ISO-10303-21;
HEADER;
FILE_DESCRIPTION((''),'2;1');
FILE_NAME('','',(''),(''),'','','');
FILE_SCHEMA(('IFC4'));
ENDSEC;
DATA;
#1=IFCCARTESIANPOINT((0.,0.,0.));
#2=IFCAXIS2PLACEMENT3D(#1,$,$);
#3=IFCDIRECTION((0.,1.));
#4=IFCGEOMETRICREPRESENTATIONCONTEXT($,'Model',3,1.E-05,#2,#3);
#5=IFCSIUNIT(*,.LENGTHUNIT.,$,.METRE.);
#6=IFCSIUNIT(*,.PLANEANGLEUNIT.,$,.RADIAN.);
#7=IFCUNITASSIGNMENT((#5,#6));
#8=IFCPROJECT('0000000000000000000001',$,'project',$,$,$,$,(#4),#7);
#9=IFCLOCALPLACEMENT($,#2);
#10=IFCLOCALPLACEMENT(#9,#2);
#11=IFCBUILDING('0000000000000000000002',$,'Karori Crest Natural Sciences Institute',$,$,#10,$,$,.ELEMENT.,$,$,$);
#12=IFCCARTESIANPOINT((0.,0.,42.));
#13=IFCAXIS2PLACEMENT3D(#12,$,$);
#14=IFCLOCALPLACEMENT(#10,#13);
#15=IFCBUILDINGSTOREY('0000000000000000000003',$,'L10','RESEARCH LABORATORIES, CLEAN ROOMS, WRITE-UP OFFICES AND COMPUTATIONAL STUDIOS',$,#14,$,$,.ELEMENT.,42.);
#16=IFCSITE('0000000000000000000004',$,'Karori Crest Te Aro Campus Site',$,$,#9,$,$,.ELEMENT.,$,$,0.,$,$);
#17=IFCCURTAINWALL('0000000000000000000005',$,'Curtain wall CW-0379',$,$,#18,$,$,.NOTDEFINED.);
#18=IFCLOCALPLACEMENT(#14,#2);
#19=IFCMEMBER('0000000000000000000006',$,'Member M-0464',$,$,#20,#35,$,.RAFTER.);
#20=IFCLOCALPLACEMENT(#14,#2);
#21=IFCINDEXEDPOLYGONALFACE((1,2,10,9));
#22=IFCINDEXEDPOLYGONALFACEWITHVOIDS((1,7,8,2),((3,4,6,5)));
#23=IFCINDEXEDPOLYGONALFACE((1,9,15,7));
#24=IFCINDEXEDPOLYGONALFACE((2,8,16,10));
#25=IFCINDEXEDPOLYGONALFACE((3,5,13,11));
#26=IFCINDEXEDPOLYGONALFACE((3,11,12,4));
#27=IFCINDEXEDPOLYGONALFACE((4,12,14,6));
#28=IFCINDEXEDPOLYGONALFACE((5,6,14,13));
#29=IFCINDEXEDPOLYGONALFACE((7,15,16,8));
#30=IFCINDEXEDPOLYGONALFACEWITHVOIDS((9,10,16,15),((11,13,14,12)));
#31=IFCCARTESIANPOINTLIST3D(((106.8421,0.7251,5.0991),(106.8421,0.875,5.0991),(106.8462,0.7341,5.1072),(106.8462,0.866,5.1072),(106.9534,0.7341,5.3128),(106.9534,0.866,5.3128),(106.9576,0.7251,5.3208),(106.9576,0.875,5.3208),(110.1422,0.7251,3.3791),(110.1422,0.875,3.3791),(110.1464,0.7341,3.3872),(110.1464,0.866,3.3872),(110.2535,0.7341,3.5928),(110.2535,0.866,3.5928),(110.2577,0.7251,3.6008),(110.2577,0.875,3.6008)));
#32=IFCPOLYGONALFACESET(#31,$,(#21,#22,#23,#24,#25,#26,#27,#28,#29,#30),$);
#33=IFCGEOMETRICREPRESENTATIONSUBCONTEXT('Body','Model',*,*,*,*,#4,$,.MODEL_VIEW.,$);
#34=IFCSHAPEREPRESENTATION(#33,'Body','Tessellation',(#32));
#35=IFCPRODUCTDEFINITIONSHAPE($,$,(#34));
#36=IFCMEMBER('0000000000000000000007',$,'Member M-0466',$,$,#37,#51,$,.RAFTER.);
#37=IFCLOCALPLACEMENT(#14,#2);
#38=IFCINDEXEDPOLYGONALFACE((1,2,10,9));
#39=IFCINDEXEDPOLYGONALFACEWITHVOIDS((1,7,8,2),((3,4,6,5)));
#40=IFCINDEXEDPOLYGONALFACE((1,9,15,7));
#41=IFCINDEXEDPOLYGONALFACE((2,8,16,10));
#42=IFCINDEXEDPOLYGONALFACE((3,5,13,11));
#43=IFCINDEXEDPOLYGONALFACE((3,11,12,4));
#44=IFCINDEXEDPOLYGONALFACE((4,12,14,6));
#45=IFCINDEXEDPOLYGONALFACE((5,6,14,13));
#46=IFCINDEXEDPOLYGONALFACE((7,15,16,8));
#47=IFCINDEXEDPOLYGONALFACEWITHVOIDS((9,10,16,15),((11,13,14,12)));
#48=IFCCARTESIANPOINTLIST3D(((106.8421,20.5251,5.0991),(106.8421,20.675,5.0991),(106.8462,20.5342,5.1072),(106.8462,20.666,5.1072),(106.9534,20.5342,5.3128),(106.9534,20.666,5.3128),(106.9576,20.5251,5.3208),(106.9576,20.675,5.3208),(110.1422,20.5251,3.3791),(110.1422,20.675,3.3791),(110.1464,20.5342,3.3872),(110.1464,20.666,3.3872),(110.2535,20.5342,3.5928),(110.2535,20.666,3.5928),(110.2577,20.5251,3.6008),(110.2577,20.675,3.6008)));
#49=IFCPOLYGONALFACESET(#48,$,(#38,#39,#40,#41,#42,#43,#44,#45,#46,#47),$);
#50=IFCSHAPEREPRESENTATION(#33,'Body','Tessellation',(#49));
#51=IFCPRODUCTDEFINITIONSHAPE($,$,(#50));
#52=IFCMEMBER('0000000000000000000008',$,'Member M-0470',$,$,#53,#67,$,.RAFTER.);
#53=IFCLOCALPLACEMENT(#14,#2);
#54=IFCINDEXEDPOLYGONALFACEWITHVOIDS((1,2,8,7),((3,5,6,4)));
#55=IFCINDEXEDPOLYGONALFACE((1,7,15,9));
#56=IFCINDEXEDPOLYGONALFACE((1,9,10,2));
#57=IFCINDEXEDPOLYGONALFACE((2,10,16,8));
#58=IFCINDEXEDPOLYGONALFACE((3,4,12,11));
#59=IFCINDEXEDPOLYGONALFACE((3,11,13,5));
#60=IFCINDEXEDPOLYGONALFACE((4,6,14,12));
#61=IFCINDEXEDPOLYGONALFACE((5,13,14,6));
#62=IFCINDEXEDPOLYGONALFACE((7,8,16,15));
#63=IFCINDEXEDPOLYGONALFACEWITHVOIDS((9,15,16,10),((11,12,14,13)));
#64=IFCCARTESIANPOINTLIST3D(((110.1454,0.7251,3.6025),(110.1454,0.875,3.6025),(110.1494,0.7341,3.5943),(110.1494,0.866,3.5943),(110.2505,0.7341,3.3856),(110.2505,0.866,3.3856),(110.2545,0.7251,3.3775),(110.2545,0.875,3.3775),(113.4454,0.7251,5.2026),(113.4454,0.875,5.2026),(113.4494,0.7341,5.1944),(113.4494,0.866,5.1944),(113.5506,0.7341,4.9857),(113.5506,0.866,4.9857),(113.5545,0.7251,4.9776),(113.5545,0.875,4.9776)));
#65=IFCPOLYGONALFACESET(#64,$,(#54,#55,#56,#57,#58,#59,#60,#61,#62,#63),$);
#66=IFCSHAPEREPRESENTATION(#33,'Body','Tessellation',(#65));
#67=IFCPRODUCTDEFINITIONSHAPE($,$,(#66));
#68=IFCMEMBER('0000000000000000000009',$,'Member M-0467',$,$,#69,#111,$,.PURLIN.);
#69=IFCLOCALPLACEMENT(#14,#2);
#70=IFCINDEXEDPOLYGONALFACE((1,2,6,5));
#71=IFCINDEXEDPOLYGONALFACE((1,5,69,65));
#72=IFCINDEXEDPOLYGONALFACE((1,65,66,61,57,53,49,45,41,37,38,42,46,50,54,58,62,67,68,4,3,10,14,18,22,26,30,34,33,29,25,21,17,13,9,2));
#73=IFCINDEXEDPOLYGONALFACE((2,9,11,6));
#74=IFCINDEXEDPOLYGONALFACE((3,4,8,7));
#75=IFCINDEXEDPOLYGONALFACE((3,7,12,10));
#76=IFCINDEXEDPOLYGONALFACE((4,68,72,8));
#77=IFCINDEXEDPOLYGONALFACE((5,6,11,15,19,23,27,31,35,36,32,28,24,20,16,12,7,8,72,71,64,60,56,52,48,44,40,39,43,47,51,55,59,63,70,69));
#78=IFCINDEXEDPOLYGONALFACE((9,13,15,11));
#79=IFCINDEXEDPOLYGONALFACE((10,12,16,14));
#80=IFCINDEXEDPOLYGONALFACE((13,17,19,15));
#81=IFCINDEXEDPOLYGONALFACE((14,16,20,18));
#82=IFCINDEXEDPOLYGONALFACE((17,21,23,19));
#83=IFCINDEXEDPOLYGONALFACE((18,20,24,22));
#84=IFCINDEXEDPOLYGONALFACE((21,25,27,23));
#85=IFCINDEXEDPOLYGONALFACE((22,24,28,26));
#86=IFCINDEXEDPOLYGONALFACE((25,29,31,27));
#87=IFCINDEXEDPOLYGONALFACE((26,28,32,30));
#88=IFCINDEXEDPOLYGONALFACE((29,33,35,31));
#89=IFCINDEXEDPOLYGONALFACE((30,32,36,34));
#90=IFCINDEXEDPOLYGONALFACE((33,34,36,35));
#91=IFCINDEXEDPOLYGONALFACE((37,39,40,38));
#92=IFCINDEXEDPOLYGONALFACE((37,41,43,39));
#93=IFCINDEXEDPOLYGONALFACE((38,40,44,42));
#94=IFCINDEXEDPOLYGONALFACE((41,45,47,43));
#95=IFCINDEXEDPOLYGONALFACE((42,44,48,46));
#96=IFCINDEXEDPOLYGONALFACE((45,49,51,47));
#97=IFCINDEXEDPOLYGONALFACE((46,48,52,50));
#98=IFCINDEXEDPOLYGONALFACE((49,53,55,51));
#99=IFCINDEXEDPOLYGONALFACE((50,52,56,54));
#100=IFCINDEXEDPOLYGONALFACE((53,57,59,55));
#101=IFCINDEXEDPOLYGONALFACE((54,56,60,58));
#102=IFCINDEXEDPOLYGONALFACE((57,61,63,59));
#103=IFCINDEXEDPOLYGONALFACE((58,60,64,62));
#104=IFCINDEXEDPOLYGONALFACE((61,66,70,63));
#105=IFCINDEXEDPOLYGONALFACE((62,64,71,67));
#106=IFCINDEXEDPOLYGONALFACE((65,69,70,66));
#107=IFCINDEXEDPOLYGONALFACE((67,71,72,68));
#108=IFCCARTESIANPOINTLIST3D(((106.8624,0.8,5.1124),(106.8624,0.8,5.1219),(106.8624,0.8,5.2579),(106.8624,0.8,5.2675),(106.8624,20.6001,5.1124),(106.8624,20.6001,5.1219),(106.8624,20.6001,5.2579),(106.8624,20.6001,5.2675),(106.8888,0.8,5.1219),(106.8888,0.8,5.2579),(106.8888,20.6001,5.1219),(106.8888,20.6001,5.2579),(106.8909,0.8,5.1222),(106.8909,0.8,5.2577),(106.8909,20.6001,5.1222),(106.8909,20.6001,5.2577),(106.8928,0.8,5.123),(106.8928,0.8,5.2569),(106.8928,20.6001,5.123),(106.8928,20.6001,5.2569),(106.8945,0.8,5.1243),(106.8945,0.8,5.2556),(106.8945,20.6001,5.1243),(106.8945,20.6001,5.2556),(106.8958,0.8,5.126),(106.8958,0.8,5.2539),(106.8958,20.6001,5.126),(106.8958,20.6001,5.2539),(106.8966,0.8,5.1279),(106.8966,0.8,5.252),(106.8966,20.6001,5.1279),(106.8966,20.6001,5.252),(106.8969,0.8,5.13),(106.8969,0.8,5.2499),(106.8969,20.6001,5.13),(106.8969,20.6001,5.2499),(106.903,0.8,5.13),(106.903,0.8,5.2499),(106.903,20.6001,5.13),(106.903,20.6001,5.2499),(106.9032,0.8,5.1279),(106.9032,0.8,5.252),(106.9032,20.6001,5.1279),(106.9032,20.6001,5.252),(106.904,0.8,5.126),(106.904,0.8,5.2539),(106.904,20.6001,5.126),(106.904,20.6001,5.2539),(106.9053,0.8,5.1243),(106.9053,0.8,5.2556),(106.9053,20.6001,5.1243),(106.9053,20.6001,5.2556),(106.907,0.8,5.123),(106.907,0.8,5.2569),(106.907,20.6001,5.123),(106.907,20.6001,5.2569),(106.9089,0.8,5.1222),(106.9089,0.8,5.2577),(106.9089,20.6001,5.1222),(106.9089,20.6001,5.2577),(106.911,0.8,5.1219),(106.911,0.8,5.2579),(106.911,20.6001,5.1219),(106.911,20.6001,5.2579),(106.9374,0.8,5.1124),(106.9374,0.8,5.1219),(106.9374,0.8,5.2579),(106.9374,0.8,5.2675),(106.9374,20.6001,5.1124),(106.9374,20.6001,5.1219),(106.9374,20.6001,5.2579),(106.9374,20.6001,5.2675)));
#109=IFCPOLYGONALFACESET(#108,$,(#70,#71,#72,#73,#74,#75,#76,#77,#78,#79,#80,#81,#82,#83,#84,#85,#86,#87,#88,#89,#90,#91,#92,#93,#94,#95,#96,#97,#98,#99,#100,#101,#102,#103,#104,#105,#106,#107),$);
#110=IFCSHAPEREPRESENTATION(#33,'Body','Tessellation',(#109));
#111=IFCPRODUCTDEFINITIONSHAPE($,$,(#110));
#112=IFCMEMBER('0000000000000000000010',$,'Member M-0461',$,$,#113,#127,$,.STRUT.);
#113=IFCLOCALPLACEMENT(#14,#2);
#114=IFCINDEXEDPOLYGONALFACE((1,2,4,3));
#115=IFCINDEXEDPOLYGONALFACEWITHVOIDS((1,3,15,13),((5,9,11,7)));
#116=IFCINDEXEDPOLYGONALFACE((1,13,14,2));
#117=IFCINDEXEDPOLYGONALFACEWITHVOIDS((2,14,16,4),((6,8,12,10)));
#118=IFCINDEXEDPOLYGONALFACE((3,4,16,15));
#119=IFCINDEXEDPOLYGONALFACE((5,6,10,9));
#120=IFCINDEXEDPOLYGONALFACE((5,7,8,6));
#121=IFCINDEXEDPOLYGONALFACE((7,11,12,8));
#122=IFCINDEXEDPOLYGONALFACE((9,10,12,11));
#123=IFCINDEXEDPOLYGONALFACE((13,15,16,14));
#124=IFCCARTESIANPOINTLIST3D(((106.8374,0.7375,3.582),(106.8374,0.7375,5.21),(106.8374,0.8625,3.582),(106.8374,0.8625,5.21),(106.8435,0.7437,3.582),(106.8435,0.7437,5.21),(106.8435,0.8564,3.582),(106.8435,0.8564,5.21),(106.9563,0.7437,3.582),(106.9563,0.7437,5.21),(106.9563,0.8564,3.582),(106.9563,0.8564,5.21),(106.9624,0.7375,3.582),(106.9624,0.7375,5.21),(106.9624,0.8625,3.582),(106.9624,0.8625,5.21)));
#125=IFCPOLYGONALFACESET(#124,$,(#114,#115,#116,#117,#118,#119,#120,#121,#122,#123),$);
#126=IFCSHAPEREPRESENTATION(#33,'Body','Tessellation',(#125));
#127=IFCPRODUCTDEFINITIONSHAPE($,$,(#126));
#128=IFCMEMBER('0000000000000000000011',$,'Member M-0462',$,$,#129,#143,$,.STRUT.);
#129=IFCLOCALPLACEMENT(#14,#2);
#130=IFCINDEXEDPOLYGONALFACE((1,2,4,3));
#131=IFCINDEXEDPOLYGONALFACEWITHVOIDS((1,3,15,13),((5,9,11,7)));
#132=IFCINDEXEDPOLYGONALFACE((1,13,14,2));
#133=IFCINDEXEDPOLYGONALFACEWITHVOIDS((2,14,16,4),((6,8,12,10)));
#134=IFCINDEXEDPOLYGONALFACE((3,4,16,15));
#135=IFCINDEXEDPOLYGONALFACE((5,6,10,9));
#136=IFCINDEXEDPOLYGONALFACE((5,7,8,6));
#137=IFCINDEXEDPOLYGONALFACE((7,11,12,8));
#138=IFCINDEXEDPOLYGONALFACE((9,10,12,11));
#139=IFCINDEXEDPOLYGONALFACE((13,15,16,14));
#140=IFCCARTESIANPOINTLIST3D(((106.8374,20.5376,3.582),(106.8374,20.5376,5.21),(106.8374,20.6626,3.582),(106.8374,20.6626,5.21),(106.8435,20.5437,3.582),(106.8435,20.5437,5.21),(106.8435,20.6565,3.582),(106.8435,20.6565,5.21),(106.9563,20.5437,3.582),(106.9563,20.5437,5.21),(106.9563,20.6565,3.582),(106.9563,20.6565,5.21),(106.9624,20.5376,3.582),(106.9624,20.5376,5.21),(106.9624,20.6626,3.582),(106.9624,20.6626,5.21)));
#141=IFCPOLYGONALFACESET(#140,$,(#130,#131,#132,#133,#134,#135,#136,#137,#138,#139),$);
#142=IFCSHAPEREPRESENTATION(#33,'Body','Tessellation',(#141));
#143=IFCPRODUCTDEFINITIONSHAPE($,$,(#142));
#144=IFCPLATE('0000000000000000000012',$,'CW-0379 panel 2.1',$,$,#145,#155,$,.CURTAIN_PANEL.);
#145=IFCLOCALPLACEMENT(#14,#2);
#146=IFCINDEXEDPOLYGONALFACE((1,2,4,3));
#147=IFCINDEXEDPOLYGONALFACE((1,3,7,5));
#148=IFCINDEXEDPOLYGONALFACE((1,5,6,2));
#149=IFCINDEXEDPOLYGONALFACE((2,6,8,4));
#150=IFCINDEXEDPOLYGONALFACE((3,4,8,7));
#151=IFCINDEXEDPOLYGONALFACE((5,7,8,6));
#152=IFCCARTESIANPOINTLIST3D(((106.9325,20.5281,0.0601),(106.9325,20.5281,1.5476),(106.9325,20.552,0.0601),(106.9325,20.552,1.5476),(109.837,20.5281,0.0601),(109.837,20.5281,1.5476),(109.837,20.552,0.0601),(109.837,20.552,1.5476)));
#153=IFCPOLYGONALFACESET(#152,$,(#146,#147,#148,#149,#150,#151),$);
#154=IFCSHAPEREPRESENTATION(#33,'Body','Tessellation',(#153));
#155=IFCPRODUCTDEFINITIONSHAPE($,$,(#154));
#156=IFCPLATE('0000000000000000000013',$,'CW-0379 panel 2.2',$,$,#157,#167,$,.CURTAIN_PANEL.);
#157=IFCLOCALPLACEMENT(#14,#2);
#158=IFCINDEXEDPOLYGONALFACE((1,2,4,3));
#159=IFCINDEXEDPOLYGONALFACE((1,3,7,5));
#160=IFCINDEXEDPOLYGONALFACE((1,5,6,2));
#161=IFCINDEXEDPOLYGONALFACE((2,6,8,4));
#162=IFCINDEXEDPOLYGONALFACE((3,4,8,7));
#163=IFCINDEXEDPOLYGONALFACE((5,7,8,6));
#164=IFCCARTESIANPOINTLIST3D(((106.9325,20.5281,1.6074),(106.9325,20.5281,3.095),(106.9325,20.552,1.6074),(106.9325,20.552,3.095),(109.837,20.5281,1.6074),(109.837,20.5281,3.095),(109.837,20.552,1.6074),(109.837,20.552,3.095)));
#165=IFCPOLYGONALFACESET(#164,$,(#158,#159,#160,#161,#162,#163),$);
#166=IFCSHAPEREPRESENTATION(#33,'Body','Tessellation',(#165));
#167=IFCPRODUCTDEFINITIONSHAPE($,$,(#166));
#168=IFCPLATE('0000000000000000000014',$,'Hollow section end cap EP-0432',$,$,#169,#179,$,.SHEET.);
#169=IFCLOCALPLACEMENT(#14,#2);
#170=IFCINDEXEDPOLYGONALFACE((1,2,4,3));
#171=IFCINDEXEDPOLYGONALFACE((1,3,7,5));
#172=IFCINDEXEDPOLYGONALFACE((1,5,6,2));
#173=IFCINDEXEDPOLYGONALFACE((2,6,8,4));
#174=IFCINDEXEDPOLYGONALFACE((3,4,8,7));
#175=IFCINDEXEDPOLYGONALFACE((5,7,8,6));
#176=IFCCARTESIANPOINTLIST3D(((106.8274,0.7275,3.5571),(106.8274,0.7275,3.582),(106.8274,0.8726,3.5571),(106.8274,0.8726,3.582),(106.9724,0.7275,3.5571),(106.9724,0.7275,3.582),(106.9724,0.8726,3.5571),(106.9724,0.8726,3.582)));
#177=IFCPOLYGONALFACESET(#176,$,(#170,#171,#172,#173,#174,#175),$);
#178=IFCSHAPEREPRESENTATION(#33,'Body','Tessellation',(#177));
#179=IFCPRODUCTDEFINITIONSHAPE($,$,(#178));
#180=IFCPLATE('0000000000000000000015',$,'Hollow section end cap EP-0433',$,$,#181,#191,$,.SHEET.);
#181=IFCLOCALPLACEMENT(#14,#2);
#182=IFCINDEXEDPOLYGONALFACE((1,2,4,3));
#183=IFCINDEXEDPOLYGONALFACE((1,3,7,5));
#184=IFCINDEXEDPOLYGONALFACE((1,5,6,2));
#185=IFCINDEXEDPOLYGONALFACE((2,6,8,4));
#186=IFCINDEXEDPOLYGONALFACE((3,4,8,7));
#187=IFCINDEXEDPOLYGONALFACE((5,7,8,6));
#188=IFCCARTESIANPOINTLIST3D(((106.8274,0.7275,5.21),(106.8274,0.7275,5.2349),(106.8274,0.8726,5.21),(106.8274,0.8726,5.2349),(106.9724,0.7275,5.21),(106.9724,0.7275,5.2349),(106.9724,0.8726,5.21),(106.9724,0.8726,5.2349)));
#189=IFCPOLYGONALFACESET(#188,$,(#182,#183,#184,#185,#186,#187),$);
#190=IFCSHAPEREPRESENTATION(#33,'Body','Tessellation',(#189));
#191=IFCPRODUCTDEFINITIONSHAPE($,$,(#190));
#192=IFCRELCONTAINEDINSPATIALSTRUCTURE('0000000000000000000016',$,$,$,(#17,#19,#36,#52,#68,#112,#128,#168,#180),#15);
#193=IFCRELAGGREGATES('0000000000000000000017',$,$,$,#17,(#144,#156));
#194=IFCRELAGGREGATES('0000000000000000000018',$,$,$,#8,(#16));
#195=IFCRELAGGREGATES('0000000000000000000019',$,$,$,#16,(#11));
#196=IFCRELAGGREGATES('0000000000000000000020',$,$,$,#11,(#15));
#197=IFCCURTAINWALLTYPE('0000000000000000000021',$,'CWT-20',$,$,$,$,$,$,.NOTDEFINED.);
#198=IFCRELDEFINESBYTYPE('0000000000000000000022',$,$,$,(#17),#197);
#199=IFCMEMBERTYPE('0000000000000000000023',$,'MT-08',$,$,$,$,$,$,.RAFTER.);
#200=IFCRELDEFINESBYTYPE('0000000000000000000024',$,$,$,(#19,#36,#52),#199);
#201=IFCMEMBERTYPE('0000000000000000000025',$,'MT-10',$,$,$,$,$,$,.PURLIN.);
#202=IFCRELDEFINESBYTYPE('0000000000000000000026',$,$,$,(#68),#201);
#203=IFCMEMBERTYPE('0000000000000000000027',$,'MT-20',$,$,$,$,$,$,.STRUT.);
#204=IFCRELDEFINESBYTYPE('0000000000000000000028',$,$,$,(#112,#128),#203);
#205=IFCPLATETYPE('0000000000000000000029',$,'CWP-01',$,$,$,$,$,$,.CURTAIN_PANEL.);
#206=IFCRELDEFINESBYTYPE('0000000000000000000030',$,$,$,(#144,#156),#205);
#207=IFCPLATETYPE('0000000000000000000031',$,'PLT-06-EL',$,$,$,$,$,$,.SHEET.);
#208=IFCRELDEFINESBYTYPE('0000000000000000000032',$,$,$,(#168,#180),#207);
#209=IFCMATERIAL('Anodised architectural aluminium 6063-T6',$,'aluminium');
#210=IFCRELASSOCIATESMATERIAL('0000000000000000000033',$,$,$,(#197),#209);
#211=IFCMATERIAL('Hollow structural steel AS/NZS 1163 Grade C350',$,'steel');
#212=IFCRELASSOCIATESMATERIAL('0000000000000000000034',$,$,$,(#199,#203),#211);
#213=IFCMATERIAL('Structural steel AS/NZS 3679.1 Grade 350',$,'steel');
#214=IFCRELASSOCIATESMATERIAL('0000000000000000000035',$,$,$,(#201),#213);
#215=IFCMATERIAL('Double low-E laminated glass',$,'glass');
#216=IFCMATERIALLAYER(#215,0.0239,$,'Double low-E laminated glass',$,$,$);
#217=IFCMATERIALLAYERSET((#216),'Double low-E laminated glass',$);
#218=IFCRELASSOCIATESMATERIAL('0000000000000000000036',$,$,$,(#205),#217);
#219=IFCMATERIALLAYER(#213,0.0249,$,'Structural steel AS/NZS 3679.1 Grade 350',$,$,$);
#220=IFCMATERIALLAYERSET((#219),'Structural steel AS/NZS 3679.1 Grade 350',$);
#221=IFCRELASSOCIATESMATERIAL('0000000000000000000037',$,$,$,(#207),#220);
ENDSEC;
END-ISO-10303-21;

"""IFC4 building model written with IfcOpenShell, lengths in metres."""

from ifc_helpers import new_model, si_unit, direction, frame, origin, origin_2d, place, context, subcontext, project, spatial, rectangle, hollow_rectangle, i_section, extrude, material, layer, layer_set, material_profile, profile_set, type_object, element, aggregate, save


model = new_model("IFC4")

# Units and contexts
model_context = context("Model", 3, precision=1e-05, world=origin(), true_north=direction((0.0, 1.0)))
body_context = subcontext(model_context, "Body", "Model", "MODEL_VIEW")
ifc_project = project(units=[si_unit("LENGTHUNIT", "METRE"), si_unit("PLANEANGLEUNIT", "RADIAN")], contexts=[model_context])

# Site, building, storey
site_placement = place(None, origin())
site = spatial("IfcSite", under=ifc_project, at=site_placement, Name="Karori Crest Te Aro Campus Site", CompositionType="ELEMENT", RefElevation=0.0)
building_placement = place(site_placement, origin())
building = spatial("IfcBuilding", under=site, at=building_placement, Name="Karori Crest Natural Sciences Institute", CompositionType="ELEMENT")
storey_placement = place(building_placement, frame((0.0, 0.0, 42.0)))
storey = spatial("IfcBuildingStorey", under=building, at=storey_placement, Name="L10", Description="RESEARCH LABORATORIES, CLEAN ROOMS, WRITE-UP OFFICES AND COMPUTATIONAL STUDIOS", CompositionType="ELEMENT", Elevation=42.0)

# Shared definitions
ifc_material_1 = material(Name="Structural steel AS/NZS 3679.1 Grade 350", Category="steel")

# Shared definitions
ifc_material_2 = material(Name="Hollow structural steel AS/NZS 1163 Grade C350", Category="steel")

# Curtain wall
ifc_material_3 = material(Name="Anodised architectural aluminium 6063-T6", Category="aluminium")
curtain_wall_type = type_object("IfcCurtainWallType", Name="CWT-20", PredefinedType="NOTDEFINED", material=ifc_material_3)
curtain_wall_placement = place(storey_placement, origin())
curtain_wall = element("IfcCurtainWall", 1, at=curtain_wall_placement, inside=storey, type_object=curtain_wall_type, Name="Curtain wall CW-0379", PredefinedType="NOTDEFINED")

# Members
ifc_material_profile_1 = material_profile(ifc_material_2, hollow_rectangle(XDim=0.1499, YDim=0.25, WallThickness=0.009, at=origin_2d()), Name="RHS250x150x9")
ifc_profile_set_1 = profile_set([ifc_material_profile_1], Name="Hollow structural steel AS/NZS 1163 Grade C350")
member_type_1 = type_object("IfcMemberType", Name="MT-08", PredefinedType="RAFTER", material=ifc_profile_set_1)
for number, where, z_axis, x_axis, name in (
    (2, (110.2, 0.8, 3.49), (-0.886782, 0.0, 0.462187), (0.0, -1.0, 0.0), "Member M-0464"),
    (3, (110.2, 20.6001, 3.49), (-0.886782, 0.0, 0.462187), (0.0, -1.0, 0.0), "Member M-0466"),
):
    element("IfcMember", number, at=place(storey_placement, frame(where, z_axis=z_axis, x_axis=x_axis)), inside=storey, type_object=member_type_1, Name=name, PredefinedType="RAFTER", context=body_context, shape_type="SweptSolid", body=[
        extrude(hollow_rectangle(XDim=0.1499, YDim=0.25, WallThickness=0.009, at=origin_2d()), origin(), (0.0, 0.0, 1.0), 3.7214),
    ])
member_1_placement = place(storey_placement, frame((110.2, 0.8, 3.49), z_axis=(0.899806, 0.0, 0.43629), x_axis=(0.0, 1.0, 0.0)))
element("IfcMember", 4, at=member_1_placement, inside=storey, type_object=member_type_1, Name="Member M-0470", PredefinedType="RAFTER", context=body_context, shape_type="SweptSolid", body=[
    extrude(hollow_rectangle(XDim=0.1499, YDim=0.25, WallThickness=0.009, at=origin_2d()), origin(), (0.0, 0.0, 1.0), 3.6675),
])
ifc_material_profile_2 = material_profile(ifc_material_1, i_section(OverallWidth=0.075, OverallDepth=0.155, WebThickness=0.0061, FlangeThickness=0.0095, FilletRadius=0.0081, at=origin_2d()), Name="150UB18.0")
ifc_profile_set_2 = profile_set([ifc_material_profile_2], Name="Structural steel AS/NZS 3679.1 Grade 350")
member_type_2 = type_object("IfcMemberType", Name="MT-10", PredefinedType="PURLIN", material=ifc_profile_set_2)
member_2_placement = place(storey_placement, frame((106.8999, 0.8, 5.1899), z_axis=(0.0, 1.0, 0.0), x_axis=(-1.0, 0.0, 0.0)))
element("IfcMember", 5, at=member_2_placement, inside=storey, type_object=member_type_2, Name="Member M-0467", PredefinedType="PURLIN", context=body_context, shape_type="SweptSolid", body=[
    extrude(i_section(OverallWidth=0.075, OverallDepth=0.155, WebThickness=0.0061, FlangeThickness=0.0095, FilletRadius=0.0081, at=origin_2d()), origin(), (0.0, 0.0, 1.0), 19.8),
])
ifc_material_profile_3 = material_profile(ifc_material_2, hollow_rectangle(XDim=0.125, YDim=0.125, WallThickness=0.0061, at=origin_2d()), Name="SHS125x125x6")
ifc_profile_set_3 = profile_set([ifc_material_profile_3], Name="Hollow structural steel AS/NZS 1163 Grade C350")
member_type_3 = type_object("IfcMemberType", Name="MT-20", PredefinedType="STRUT", material=ifc_profile_set_3)
for number, where, z_axis, x_axis, name in (
    (6, (106.8999, 0.8, 3.582), (0.0, 0.0, 1.0), (1.0, 0.0, 0.0), "Member M-0461"),
    (7, (106.8999, 20.6001, 3.582), (0.0, 0.0, 1.0), (1.0, 0.0, 0.0), "Member M-0462"),
):
    element("IfcMember", number, at=place(storey_placement, frame(where, z_axis=z_axis, x_axis=x_axis)), inside=storey, type_object=member_type_3, Name=name, PredefinedType="STRUT", context=body_context, shape_type="SweptSolid", body=[
        extrude(hollow_rectangle(XDim=0.125, YDim=0.125, WallThickness=0.0061, at=origin_2d()), origin(), (0.0, 0.0, 1.0), 1.6279),
    ])

# Plates
ifc_material_4 = material(Name="Double low-E laminated glass", Category="glass")
ifc_layer_1 = layer(ifc_material_4, 0.0239, Name="Double low-E laminated glass")
ifc_layer_set_1 = layer_set([ifc_layer_1], Name="Double low-E laminated glass")
plate_type_1 = type_object("IfcPlateType", Name="CWP-01", PredefinedType="CURTAIN_PANEL", material=ifc_layer_set_1)
plate_1_placement = place(storey_placement, frame((108.3848, 20.54, 0.0601), z_axis=(0.0, 0.0, 1.0), x_axis=(1.0, 0.0, 0.0)))
plate_1 = element("IfcPlate", 8, at=plate_1_placement, type_object=plate_type_1, Name="CW-0379 panel 2.1", PredefinedType="CURTAIN_PANEL", context=body_context, shape_type="SweptSolid", body=[
    extrude(rectangle(XDim=2.9045, YDim=0.0239, at=origin_2d()), origin(), (0.0, 0.0, 1.0), 1.4875),
])
plate_2_placement = place(storey_placement, frame((108.3848, 20.54, 1.6074), z_axis=(0.0, 0.0, 1.0), x_axis=(1.0, 0.0, 0.0)))
plate_2 = element("IfcPlate", 9, at=plate_2_placement, type_object=plate_type_1, Name="CW-0379 panel 2.2", PredefinedType="CURTAIN_PANEL", context=body_context, shape_type="SweptSolid", body=[
    extrude(rectangle(XDim=2.9045, YDim=0.0239, at=origin_2d()), origin(), (0.0, 0.0, 1.0), 1.4875),
])
aggregate(curtain_wall, [plate_1, plate_2])

# Plates
ifc_layer_2 = layer(ifc_material_1, 0.0249, Name="Structural steel AS/NZS 3679.1 Grade 350")
ifc_layer_set_2 = layer_set([ifc_layer_2], Name="Structural steel AS/NZS 3679.1 Grade 350")
plate_type_2 = type_object("IfcPlateType", Name="PLT-06-EL", PredefinedType="SHEET", material=ifc_layer_set_2)
for number, where, z_axis, x_axis, name in (
    (10, (106.8999, 0.8, 3.5571), (0.0, 0.0, 1.0), (1.0, 0.0, 0.0), "Hollow section end cap EP-0432"),
    (11, (106.8999, 0.8, 5.21), (0.0, 0.0, 1.0), (1.0, 0.0, 0.0), "Hollow section end cap EP-0433"),
):
    element("IfcPlate", number, at=place(storey_placement, frame(where, z_axis=z_axis, x_axis=x_axis)), inside=storey, type_object=plate_type_2, Name=name, PredefinedType="SHEET", context=body_context, shape_type="SweptSolid", body=[
        extrude(rectangle(XDim=0.145, YDim=0.145, at=origin_2d()), origin(), (0.0, 0.0, 1.0), 0.0249),
    ])

save(model, "model.ifc")
